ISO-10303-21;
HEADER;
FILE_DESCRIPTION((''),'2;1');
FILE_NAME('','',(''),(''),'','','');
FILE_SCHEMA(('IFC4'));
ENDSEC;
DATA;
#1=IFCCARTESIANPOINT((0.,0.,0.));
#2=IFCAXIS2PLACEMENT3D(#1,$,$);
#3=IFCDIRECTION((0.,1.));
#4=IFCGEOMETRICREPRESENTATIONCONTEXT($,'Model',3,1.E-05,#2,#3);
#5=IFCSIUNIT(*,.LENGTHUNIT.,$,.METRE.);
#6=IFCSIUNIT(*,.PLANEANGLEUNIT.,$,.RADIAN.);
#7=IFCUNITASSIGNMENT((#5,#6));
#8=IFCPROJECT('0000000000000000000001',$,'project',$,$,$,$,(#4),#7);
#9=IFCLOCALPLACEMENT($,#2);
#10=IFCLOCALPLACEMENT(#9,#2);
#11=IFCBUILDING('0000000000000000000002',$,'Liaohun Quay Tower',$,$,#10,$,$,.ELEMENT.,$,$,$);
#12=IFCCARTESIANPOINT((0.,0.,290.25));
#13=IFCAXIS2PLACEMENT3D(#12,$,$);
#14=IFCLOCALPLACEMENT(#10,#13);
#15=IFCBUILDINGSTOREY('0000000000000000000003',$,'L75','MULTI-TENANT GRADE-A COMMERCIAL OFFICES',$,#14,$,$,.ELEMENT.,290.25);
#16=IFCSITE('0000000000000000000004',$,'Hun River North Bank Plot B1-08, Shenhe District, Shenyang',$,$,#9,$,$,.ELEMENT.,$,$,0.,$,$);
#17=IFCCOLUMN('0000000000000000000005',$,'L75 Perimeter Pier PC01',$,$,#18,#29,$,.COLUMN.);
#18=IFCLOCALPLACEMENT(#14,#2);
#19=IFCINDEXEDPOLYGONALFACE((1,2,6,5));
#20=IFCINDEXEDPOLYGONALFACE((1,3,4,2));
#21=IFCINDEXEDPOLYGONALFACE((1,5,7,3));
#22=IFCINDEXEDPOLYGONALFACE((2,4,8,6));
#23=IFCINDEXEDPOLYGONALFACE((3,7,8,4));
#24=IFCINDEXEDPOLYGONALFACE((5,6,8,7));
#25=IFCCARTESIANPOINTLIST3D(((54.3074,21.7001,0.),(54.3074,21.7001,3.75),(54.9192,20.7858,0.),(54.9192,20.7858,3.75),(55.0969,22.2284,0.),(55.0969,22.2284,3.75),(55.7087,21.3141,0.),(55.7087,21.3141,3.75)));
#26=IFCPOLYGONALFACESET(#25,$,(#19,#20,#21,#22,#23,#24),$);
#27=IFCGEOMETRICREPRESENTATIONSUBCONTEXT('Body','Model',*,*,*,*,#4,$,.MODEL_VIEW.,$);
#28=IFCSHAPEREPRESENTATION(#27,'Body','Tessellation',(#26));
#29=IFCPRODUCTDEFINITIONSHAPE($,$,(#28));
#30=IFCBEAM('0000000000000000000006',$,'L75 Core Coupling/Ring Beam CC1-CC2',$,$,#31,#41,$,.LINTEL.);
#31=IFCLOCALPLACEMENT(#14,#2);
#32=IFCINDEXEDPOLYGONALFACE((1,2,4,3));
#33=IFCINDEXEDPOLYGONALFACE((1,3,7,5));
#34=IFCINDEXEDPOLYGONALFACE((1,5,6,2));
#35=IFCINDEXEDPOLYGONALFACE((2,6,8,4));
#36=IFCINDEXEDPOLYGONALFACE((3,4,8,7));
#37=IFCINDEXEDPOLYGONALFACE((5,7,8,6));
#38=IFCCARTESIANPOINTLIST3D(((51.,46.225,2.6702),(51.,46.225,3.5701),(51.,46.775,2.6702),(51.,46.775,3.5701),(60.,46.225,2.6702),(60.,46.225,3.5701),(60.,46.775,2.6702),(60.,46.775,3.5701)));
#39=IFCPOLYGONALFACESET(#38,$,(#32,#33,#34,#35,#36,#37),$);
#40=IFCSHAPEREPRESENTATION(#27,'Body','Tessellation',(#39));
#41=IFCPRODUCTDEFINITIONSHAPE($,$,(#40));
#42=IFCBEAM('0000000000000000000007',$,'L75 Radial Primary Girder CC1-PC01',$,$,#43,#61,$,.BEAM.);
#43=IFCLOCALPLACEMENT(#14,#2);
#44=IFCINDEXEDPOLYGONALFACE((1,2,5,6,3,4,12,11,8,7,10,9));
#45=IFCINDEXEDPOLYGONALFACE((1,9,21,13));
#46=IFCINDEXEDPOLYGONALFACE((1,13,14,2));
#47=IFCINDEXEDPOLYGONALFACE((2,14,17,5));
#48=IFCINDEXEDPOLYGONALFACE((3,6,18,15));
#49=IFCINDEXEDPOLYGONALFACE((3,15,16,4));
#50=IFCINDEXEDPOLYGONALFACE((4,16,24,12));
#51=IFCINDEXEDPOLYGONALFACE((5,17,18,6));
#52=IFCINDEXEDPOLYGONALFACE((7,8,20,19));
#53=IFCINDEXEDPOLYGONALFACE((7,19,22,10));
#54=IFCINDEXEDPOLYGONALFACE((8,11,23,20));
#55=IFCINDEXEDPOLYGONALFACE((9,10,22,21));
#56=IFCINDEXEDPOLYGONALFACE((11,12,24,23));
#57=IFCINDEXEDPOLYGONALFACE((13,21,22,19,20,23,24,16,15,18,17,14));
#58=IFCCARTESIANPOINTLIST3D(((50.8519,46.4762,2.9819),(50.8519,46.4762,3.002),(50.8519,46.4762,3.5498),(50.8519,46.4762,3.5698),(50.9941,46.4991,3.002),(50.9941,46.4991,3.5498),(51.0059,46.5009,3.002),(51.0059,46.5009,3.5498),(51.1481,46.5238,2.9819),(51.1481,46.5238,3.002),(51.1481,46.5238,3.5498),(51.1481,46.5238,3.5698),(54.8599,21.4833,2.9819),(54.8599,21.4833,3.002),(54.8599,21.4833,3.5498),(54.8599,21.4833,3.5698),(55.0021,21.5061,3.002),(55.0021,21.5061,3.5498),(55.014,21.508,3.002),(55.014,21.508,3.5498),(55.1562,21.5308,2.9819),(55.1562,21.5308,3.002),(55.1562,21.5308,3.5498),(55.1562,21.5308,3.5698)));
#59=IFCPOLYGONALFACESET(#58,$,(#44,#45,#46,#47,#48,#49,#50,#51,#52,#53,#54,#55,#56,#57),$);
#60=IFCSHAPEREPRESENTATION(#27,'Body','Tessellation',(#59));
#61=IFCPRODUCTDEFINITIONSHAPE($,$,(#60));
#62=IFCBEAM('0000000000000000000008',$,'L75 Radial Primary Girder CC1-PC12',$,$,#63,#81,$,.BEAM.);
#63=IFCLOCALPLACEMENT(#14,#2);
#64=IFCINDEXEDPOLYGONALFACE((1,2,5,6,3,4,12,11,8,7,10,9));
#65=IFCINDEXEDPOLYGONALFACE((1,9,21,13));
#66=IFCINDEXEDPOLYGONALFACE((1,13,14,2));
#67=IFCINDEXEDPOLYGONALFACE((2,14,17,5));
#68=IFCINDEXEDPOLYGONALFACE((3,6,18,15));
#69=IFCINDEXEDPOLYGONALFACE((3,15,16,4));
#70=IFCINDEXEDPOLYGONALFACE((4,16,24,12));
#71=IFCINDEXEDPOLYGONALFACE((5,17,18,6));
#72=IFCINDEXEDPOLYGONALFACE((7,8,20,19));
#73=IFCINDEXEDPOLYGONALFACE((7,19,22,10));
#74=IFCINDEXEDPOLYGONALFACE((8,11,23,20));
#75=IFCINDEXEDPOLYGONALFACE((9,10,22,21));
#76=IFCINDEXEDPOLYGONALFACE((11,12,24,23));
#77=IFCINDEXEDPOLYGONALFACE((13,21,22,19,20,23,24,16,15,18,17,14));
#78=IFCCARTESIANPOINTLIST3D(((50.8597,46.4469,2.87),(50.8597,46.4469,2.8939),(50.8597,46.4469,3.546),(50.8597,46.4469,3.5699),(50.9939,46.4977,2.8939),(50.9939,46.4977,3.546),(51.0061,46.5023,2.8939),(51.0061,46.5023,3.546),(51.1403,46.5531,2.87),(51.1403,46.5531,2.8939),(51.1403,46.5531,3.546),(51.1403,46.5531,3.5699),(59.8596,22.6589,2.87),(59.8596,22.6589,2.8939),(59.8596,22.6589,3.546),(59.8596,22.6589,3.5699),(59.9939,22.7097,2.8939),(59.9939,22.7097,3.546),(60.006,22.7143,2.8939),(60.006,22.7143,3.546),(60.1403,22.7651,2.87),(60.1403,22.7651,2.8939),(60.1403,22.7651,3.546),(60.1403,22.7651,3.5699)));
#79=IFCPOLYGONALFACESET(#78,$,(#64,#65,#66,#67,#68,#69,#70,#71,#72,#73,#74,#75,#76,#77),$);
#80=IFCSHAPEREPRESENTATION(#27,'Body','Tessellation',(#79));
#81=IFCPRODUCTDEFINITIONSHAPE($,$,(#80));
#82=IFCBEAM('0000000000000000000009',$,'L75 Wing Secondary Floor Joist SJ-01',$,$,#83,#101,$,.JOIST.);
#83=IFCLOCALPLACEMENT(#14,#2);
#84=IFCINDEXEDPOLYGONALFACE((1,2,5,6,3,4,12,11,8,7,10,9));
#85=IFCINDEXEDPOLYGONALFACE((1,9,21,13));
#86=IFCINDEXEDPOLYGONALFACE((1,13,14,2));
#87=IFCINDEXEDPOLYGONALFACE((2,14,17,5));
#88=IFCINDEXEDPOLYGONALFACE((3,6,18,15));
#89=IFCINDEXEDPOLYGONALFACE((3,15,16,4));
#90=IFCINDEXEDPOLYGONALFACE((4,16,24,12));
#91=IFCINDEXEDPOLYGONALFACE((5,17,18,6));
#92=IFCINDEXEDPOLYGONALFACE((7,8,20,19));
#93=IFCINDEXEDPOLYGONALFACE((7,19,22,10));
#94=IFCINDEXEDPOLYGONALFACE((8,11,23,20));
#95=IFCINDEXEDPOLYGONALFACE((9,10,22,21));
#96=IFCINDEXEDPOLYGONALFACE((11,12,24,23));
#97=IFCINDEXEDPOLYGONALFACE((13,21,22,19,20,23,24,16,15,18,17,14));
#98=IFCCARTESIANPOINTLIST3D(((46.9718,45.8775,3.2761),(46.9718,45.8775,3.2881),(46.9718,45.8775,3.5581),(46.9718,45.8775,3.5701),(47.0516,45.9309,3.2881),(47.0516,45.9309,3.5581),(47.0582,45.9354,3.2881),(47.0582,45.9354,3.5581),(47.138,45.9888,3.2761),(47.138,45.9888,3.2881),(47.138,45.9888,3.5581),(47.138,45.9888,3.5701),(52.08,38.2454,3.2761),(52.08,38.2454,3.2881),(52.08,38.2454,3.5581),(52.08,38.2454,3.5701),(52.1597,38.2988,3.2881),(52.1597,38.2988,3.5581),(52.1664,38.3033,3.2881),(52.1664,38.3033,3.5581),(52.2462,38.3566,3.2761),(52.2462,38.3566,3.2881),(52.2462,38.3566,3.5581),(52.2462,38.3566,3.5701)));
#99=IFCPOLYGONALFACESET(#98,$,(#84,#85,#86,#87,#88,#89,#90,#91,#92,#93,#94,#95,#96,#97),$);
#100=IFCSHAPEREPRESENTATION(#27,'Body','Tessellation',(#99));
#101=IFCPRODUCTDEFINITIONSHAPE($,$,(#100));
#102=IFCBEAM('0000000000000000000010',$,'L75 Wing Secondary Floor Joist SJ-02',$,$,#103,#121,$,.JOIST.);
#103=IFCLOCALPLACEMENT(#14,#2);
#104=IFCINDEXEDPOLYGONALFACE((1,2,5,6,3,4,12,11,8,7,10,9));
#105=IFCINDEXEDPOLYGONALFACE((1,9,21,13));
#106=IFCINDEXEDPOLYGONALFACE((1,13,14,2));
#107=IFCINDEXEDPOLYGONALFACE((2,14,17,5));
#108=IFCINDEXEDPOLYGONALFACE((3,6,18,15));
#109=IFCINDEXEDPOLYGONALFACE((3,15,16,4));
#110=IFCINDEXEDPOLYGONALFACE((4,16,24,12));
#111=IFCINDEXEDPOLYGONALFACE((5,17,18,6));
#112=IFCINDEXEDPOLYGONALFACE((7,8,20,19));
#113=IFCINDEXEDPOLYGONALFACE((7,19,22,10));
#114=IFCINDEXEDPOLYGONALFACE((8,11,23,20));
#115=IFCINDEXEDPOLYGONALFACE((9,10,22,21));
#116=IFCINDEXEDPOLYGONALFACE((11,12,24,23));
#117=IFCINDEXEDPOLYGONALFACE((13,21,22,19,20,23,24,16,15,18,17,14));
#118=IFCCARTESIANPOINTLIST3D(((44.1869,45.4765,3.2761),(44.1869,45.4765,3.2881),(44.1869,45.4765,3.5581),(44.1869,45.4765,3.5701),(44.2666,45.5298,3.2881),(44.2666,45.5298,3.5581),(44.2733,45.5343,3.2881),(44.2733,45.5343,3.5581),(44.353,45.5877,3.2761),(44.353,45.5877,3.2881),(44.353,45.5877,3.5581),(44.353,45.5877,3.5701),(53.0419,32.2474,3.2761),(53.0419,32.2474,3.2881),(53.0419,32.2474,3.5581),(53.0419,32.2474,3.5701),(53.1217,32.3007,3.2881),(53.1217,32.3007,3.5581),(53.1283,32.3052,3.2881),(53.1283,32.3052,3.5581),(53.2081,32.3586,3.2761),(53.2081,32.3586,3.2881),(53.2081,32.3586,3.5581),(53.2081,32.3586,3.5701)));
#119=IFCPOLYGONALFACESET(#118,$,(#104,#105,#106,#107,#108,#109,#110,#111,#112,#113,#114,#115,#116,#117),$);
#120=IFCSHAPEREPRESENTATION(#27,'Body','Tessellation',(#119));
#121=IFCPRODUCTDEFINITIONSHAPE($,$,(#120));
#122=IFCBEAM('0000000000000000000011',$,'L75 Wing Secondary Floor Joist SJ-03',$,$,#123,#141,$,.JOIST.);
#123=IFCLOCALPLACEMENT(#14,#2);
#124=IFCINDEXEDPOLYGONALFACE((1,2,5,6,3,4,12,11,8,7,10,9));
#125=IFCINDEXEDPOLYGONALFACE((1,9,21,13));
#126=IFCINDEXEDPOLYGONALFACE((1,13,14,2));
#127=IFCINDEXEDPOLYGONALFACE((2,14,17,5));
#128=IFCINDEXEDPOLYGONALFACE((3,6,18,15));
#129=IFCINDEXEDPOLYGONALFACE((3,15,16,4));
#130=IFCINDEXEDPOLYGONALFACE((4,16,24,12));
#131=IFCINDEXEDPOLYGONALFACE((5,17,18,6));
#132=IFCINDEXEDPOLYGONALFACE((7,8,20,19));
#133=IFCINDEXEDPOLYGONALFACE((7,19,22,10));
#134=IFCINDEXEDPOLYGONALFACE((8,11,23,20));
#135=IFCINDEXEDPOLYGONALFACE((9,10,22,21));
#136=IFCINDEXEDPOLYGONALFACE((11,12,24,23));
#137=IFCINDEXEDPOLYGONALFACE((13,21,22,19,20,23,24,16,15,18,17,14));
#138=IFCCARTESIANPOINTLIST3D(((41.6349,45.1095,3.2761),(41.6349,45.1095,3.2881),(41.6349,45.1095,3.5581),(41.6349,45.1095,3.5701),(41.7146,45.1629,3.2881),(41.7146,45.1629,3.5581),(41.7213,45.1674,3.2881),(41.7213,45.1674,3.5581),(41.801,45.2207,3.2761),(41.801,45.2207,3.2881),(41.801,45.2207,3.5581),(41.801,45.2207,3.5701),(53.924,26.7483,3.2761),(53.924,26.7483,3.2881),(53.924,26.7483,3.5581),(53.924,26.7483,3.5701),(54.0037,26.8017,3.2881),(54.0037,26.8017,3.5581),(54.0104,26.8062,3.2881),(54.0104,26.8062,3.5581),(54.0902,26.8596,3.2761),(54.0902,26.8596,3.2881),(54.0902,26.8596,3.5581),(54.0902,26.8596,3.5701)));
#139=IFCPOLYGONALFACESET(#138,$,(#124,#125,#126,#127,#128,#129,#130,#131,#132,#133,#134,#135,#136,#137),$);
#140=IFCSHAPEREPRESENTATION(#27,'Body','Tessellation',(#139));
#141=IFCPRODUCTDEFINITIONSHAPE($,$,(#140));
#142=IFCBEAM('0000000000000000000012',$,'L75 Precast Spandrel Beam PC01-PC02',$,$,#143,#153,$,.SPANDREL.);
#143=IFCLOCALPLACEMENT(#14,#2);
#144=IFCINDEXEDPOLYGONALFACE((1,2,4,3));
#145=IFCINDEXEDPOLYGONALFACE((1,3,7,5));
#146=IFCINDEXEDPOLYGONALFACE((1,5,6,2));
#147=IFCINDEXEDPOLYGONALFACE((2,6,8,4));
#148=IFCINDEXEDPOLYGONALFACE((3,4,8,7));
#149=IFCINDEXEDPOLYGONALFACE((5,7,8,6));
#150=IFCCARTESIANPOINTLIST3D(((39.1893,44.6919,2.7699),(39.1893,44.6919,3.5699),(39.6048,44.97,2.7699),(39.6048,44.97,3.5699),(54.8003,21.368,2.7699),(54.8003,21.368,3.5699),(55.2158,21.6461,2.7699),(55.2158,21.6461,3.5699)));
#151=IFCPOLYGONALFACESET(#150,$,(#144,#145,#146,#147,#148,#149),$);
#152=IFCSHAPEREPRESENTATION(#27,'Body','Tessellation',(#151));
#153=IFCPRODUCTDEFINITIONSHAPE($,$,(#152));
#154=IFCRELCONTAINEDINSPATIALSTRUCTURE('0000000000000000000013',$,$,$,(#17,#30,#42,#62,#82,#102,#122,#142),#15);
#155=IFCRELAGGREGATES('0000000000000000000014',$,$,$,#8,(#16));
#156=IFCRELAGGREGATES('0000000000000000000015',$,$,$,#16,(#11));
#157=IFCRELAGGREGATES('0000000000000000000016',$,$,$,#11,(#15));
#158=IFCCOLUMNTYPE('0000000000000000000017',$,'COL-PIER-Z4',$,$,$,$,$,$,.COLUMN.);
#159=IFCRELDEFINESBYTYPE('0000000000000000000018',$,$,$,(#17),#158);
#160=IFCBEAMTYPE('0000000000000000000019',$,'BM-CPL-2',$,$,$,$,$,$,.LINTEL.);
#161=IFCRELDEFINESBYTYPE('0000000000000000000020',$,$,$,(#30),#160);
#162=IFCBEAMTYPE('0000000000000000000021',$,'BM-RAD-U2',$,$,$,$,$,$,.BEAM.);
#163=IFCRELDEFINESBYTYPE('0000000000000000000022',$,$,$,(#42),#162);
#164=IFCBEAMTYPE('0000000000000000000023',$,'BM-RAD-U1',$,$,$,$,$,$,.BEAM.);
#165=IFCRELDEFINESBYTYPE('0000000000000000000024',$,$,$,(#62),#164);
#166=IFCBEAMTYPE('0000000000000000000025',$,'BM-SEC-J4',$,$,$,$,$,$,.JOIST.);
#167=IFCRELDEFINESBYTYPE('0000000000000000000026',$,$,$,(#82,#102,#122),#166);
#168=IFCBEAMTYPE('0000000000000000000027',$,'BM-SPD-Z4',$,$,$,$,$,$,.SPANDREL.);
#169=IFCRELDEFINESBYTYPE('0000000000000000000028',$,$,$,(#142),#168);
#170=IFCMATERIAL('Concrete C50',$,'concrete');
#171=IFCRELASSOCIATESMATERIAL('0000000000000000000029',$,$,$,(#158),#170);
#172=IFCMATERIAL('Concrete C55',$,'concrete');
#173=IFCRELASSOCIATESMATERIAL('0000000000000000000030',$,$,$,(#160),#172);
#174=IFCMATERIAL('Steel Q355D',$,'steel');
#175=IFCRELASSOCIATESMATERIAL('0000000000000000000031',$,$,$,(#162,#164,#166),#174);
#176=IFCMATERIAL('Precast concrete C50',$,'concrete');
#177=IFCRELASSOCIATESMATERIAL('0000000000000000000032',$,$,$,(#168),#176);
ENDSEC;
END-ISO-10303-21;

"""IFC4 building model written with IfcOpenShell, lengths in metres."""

from ifc_helpers import new_model, si_unit, direction, frame, origin, origin_2d, place, context, subcontext, project, spatial, rectangle, i_section, extrude, source, transform, mapped, material, material_profile, profile_set, type_object, element, save


model = new_model("IFC4")

# Units and contexts
model_context = context("Model", 3, precision=1e-05, world=origin(), true_north=direction((0.0, 1.0)))
body_context = subcontext(model_context, "Body", "Model", "MODEL_VIEW")
ifc_project = project(units=[si_unit("LENGTHUNIT", "METRE"), si_unit("PLANEANGLEUNIT", "RADIAN")], contexts=[model_context])

# Site, building, storey
site_placement = place(None, origin())
site = spatial("IfcSite", under=ifc_project, at=site_placement, Name="Hun River North Bank Plot B1-08, Shenhe District, Shenyang", CompositionType="ELEMENT", RefElevation=0.0)
building_placement = place(site_placement, origin())
building = spatial("IfcBuilding", under=site, at=building_placement, Name="Liaohun Quay Tower", CompositionType="ELEMENT")
storey_placement = place(building_placement, frame((0.0, 0.0, 290.25)))
storey = spatial("IfcBuildingStorey", under=building, at=storey_placement, Name="L75", Description="MULTI-TENANT GRADE-A COMMERCIAL OFFICES", CompositionType="ELEMENT", Elevation=290.25)

# Column
ifc_material_1 = material(Name="Concrete C50", Category="concrete")
ifc_material_profile_1 = material_profile(ifc_material_1, rectangle(XDim=1.1001, YDim=0.95, at=origin_2d()), Name="RC1100x950")
ifc_profile_set_1 = profile_set([ifc_material_profile_1], Name="Concrete C50")
column_type = type_object("IfcColumnType", Name="COL-PIER-Z4", PredefinedType="COLUMN", material=ifc_profile_set_1)
shared_shape_1 = source(origin(), body_context, "Body", "SweptSolid", [
    extrude(rectangle(XDim=1.1001, YDim=0.95, at=origin_2d()), origin(), (0.0, 0.0, 1.0), 3.75),
])
column_placement = place(storey_placement, frame((55.0081, 21.5071, 0.0), z_axis=(0.0, 0.0, 1.0), x_axis=(-0.556151, 0.831082, 0.0)))
element("IfcColumn", 1, at=column_placement, inside=storey, type_object=column_type, Name="L75 Perimeter Pier PC01", PredefinedType="COLUMN", context=body_context, shape_type="MappedRepresentation", body=[
    mapped(shared_shape_1, transform((0.0, 0.0, 0.0), x_axis=(1.0, 0.0, 0.0), y_axis=(0.0, 1.0, 0.0), z_axis=(0.0, 0.0, 1.0), scale=1.0)),
])

# Beams
ifc_material_2 = material(Name="Concrete C55", Category="concrete")
ifc_material_profile_2 = material_profile(ifc_material_2, rectangle(XDim=0.55, YDim=0.8999, at=origin_2d()), Name="RC550x900")
ifc_profile_set_2 = profile_set([ifc_material_profile_2], Name="Concrete C55")
beam_type_1 = type_object("IfcBeamType", Name="BM-CPL-2", PredefinedType="LINTEL", material=ifc_profile_set_2)
shared_shape_2 = source(origin(), body_context, "Body", "SweptSolid", [
    extrude(rectangle(XDim=0.55, YDim=0.8999, at=origin_2d()), origin(), (0.0, 0.0, 1.0), 9.0),
])
beam_1_placement = place(storey_placement, frame((51.0, 46.5, 3.1201), z_axis=(1.0, 0.0, 0.0), x_axis=(0.0, 1.0, 0.0)))
element("IfcBeam", 2, at=beam_1_placement, inside=storey, type_object=beam_type_1, Name="L75 Core Coupling/Ring Beam CC1-CC2", PredefinedType="LINTEL", context=body_context, shape_type="MappedRepresentation", body=[
    mapped(shared_shape_2, transform((0.0, 0.0, 0.0), x_axis=(1.0, 0.0, 0.0), y_axis=(0.0, 1.0, 0.0), z_axis=(0.0, 0.0, 1.0), scale=1.0)),
])
ifc_material_3 = material(Name="Steel Q355D", Category="steel")
ifc_material_profile_3 = material_profile(ifc_material_3, i_section(OverallWidth=0.3, OverallDepth=0.5879, WebThickness=0.012, FlangeThickness=0.02, at=origin_2d()), Name="HM588x300x12x20")
ifc_profile_set_3 = profile_set([ifc_material_profile_3], Name="Steel Q355D")
beam_type_2 = type_object("IfcBeamType", Name="BM-RAD-U2", PredefinedType="BEAM", material=ifc_profile_set_3)
shared_shape_3 = source(origin(), body_context, "Body", "SweptSolid", [
    extrude(i_section(OverallWidth=0.3, OverallDepth=0.5879, WebThickness=0.012, FlangeThickness=0.02, at=origin_2d()), origin(), (0.0, 0.0, 1.0), 25.3123),
])
beam_2_placement = place(storey_placement, frame((51.0, 46.5, 3.2759), z_axis=(0.158344, -0.987384, 0.0), x_axis=(0.987384, 0.158344, 0.0)))
element("IfcBeam", 3, at=beam_2_placement, inside=storey, type_object=beam_type_2, Name="L75 Radial Primary Girder CC1-PC01", PredefinedType="BEAM", context=body_context, shape_type="MappedRepresentation", body=[
    mapped(shared_shape_3, transform((0.0, 0.0, 0.0), x_axis=(1.0, 0.0, 0.0), y_axis=(0.0, 1.0, 0.0), z_axis=(0.0, 0.0, 1.0), scale=1.0)),
])
ifc_material_profile_4 = material_profile(ifc_material_3, i_section(OverallWidth=0.3, OverallDepth=0.7, WebThickness=0.0129, FlangeThickness=0.0239, at=origin_2d()), Name="HN700x300x13x24")
ifc_profile_set_4 = profile_set([ifc_material_profile_4], Name="Steel Q355D")
beam_type_3 = type_object("IfcBeamType", Name="BM-RAD-U1", PredefinedType="BEAM", material=ifc_profile_set_4)
shared_shape_4 = source(origin(), body_context, "Body", "SweptSolid", [
    extrude(i_section(OverallWidth=0.3, OverallDepth=0.7, WebThickness=0.0129, FlangeThickness=0.0239, at=origin_2d()), origin(), (0.0, 0.0, 1.0), 25.4336),
])
beam_3_placement = place(storey_placement, frame((51.0, 46.5, 3.22), z_axis=(0.353861, -0.935298, 0.0), x_axis=(0.935298, 0.353861, 0.0)))
element("IfcBeam", 4, at=beam_3_placement, inside=storey, type_object=beam_type_3, Name="L75 Radial Primary Girder CC1-PC12", PredefinedType="BEAM", context=body_context, shape_type="MappedRepresentation", body=[
    mapped(shared_shape_4, transform((0.0, 0.0, 0.0), x_axis=(1.0, 0.0, 0.0), y_axis=(0.0, 1.0, 0.0), z_axis=(0.0, 0.0, 1.0), scale=1.0)),
])
ifc_material_profile_5 = material_profile(ifc_material_3, i_section(OverallWidth=0.2, OverallDepth=0.2939, WebThickness=0.0081, FlangeThickness=0.012, at=origin_2d()), Name="HM294x200x8x12")
ifc_profile_set_5 = profile_set([ifc_material_profile_5], Name="Steel Q355D")
beam_type_4 = type_object("IfcBeamType", Name="BM-SEC-J4", PredefinedType="JOIST", material=ifc_profile_set_5)
shared_shape_5 = source(origin(), body_context, "Body", "SweptSolid", [
    extrude(i_section(OverallWidth=0.2, OverallDepth=0.2939, WebThickness=0.0081, FlangeThickness=0.012, at=origin_2d()), origin(), (0.0, 0.0, 1.0), 9.1838),
])
beam_4_placement = place(storey_placement, frame((52.1631, 38.301, 3.4231), z_axis=(-0.556215, 0.831039, 0.0), x_axis=(-0.831039, -0.556215, 0.0)))
element("IfcBeam", 5, at=beam_4_placement, inside=storey, type_object=beam_type_4, Name="L75 Wing Secondary Floor Joist SJ-01", PredefinedType="JOIST", context=body_context, shape_type="MappedRepresentation", body=[
    mapped(shared_shape_5, transform((0.0, 0.0, 0.0), x_axis=(1.0, 0.0, 0.0), y_axis=(0.0, 1.0, 0.0), z_axis=(0.0, 0.0, 1.0), scale=1.0)),
])
shared_shape_6 = source(origin(), body_context, "Body", "SweptSolid", [
    extrude(i_section(OverallWidth=0.2, OverallDepth=0.2939, WebThickness=0.0081, FlangeThickness=0.012, at=origin_2d()), origin(), (0.0, 0.0, 1.0), 15.9192),
])
beam_5_placement = place(storey_placement, frame((53.125, 32.303, 3.4231), z_axis=(-0.556249, 0.831015, 0.0), x_axis=(-0.831015, -0.556249, 0.0)))
element("IfcBeam", 6, at=beam_5_placement, inside=storey, type_object=beam_type_4, Name="L75 Wing Secondary Floor Joist SJ-02", PredefinedType="JOIST", context=body_context, shape_type="MappedRepresentation", body=[
    mapped(shared_shape_6, transform((0.0, 0.0, 0.0), x_axis=(1.0, 0.0, 0.0), y_axis=(0.0, 1.0, 0.0), z_axis=(0.0, 0.0, 1.0), scale=1.0)),
])
shared_shape_7 = source(origin(), body_context, "Body", "SweptSolid", [
    extrude(i_section(OverallWidth=0.2, OverallDepth=0.2939, WebThickness=0.0081, FlangeThickness=0.012, at=origin_2d()), origin(), (0.0, 0.0, 1.0), 22.0942),
])
beam_6_placement = place(storey_placement, frame((54.0071, 26.804, 3.4231), z_axis=(-0.556214, 0.831039, 0.0), x_axis=(-0.831039, -0.556214, 0.0)))
element("IfcBeam", 7, at=beam_6_placement, inside=storey, type_object=beam_type_4, Name="L75 Wing Secondary Floor Joist SJ-03", PredefinedType="JOIST", context=body_context, shape_type="MappedRepresentation", body=[
    mapped(shared_shape_7, transform((0.0, 0.0, 0.0), x_axis=(1.0, 0.0, 0.0), y_axis=(0.0, 1.0, 0.0), z_axis=(0.0, 0.0, 1.0), scale=1.0)),
])
ifc_material_4 = material(Name="Precast concrete C50", Category="concrete")
ifc_material_profile_6 = material_profile(ifc_material_4, rectangle(XDim=0.5, YDim=0.8, at=origin_2d()), Name="RC500x800")
ifc_profile_set_6 = profile_set([ifc_material_profile_6], Name="Precast concrete C50")
beam_type_5 = type_object("IfcBeamType", Name="BM-SPD-Z4", PredefinedType="SPANDREL", material=ifc_profile_set_6)
shared_shape_8 = source(origin(), body_context, "Body", "SweptSolid", [
    extrude(rectangle(XDim=0.5, YDim=0.8, at=origin_2d()), origin(), (0.0, 0.0, 1.0), 28.0662),
])
beam_7_placement = place(storey_placement, frame((55.0081, 21.5071, 3.1699), z_axis=(-0.556223, 0.831033, 0.0), x_axis=(-0.831033, -0.556223, 0.0)))
element("IfcBeam", 8, at=beam_7_placement, inside=storey, type_object=beam_type_5, Name="L75 Precast Spandrel Beam PC01-PC02", PredefinedType="SPANDREL", context=body_context, shape_type="MappedRepresentation", body=[
    mapped(shared_shape_8, transform((0.0, 0.0, 0.0), x_axis=(1.0, 0.0, 0.0), y_axis=(0.0, 1.0, 0.0), z_axis=(0.0, 0.0, 1.0), scale=1.0)),
])

save(model, "model.ifc")
